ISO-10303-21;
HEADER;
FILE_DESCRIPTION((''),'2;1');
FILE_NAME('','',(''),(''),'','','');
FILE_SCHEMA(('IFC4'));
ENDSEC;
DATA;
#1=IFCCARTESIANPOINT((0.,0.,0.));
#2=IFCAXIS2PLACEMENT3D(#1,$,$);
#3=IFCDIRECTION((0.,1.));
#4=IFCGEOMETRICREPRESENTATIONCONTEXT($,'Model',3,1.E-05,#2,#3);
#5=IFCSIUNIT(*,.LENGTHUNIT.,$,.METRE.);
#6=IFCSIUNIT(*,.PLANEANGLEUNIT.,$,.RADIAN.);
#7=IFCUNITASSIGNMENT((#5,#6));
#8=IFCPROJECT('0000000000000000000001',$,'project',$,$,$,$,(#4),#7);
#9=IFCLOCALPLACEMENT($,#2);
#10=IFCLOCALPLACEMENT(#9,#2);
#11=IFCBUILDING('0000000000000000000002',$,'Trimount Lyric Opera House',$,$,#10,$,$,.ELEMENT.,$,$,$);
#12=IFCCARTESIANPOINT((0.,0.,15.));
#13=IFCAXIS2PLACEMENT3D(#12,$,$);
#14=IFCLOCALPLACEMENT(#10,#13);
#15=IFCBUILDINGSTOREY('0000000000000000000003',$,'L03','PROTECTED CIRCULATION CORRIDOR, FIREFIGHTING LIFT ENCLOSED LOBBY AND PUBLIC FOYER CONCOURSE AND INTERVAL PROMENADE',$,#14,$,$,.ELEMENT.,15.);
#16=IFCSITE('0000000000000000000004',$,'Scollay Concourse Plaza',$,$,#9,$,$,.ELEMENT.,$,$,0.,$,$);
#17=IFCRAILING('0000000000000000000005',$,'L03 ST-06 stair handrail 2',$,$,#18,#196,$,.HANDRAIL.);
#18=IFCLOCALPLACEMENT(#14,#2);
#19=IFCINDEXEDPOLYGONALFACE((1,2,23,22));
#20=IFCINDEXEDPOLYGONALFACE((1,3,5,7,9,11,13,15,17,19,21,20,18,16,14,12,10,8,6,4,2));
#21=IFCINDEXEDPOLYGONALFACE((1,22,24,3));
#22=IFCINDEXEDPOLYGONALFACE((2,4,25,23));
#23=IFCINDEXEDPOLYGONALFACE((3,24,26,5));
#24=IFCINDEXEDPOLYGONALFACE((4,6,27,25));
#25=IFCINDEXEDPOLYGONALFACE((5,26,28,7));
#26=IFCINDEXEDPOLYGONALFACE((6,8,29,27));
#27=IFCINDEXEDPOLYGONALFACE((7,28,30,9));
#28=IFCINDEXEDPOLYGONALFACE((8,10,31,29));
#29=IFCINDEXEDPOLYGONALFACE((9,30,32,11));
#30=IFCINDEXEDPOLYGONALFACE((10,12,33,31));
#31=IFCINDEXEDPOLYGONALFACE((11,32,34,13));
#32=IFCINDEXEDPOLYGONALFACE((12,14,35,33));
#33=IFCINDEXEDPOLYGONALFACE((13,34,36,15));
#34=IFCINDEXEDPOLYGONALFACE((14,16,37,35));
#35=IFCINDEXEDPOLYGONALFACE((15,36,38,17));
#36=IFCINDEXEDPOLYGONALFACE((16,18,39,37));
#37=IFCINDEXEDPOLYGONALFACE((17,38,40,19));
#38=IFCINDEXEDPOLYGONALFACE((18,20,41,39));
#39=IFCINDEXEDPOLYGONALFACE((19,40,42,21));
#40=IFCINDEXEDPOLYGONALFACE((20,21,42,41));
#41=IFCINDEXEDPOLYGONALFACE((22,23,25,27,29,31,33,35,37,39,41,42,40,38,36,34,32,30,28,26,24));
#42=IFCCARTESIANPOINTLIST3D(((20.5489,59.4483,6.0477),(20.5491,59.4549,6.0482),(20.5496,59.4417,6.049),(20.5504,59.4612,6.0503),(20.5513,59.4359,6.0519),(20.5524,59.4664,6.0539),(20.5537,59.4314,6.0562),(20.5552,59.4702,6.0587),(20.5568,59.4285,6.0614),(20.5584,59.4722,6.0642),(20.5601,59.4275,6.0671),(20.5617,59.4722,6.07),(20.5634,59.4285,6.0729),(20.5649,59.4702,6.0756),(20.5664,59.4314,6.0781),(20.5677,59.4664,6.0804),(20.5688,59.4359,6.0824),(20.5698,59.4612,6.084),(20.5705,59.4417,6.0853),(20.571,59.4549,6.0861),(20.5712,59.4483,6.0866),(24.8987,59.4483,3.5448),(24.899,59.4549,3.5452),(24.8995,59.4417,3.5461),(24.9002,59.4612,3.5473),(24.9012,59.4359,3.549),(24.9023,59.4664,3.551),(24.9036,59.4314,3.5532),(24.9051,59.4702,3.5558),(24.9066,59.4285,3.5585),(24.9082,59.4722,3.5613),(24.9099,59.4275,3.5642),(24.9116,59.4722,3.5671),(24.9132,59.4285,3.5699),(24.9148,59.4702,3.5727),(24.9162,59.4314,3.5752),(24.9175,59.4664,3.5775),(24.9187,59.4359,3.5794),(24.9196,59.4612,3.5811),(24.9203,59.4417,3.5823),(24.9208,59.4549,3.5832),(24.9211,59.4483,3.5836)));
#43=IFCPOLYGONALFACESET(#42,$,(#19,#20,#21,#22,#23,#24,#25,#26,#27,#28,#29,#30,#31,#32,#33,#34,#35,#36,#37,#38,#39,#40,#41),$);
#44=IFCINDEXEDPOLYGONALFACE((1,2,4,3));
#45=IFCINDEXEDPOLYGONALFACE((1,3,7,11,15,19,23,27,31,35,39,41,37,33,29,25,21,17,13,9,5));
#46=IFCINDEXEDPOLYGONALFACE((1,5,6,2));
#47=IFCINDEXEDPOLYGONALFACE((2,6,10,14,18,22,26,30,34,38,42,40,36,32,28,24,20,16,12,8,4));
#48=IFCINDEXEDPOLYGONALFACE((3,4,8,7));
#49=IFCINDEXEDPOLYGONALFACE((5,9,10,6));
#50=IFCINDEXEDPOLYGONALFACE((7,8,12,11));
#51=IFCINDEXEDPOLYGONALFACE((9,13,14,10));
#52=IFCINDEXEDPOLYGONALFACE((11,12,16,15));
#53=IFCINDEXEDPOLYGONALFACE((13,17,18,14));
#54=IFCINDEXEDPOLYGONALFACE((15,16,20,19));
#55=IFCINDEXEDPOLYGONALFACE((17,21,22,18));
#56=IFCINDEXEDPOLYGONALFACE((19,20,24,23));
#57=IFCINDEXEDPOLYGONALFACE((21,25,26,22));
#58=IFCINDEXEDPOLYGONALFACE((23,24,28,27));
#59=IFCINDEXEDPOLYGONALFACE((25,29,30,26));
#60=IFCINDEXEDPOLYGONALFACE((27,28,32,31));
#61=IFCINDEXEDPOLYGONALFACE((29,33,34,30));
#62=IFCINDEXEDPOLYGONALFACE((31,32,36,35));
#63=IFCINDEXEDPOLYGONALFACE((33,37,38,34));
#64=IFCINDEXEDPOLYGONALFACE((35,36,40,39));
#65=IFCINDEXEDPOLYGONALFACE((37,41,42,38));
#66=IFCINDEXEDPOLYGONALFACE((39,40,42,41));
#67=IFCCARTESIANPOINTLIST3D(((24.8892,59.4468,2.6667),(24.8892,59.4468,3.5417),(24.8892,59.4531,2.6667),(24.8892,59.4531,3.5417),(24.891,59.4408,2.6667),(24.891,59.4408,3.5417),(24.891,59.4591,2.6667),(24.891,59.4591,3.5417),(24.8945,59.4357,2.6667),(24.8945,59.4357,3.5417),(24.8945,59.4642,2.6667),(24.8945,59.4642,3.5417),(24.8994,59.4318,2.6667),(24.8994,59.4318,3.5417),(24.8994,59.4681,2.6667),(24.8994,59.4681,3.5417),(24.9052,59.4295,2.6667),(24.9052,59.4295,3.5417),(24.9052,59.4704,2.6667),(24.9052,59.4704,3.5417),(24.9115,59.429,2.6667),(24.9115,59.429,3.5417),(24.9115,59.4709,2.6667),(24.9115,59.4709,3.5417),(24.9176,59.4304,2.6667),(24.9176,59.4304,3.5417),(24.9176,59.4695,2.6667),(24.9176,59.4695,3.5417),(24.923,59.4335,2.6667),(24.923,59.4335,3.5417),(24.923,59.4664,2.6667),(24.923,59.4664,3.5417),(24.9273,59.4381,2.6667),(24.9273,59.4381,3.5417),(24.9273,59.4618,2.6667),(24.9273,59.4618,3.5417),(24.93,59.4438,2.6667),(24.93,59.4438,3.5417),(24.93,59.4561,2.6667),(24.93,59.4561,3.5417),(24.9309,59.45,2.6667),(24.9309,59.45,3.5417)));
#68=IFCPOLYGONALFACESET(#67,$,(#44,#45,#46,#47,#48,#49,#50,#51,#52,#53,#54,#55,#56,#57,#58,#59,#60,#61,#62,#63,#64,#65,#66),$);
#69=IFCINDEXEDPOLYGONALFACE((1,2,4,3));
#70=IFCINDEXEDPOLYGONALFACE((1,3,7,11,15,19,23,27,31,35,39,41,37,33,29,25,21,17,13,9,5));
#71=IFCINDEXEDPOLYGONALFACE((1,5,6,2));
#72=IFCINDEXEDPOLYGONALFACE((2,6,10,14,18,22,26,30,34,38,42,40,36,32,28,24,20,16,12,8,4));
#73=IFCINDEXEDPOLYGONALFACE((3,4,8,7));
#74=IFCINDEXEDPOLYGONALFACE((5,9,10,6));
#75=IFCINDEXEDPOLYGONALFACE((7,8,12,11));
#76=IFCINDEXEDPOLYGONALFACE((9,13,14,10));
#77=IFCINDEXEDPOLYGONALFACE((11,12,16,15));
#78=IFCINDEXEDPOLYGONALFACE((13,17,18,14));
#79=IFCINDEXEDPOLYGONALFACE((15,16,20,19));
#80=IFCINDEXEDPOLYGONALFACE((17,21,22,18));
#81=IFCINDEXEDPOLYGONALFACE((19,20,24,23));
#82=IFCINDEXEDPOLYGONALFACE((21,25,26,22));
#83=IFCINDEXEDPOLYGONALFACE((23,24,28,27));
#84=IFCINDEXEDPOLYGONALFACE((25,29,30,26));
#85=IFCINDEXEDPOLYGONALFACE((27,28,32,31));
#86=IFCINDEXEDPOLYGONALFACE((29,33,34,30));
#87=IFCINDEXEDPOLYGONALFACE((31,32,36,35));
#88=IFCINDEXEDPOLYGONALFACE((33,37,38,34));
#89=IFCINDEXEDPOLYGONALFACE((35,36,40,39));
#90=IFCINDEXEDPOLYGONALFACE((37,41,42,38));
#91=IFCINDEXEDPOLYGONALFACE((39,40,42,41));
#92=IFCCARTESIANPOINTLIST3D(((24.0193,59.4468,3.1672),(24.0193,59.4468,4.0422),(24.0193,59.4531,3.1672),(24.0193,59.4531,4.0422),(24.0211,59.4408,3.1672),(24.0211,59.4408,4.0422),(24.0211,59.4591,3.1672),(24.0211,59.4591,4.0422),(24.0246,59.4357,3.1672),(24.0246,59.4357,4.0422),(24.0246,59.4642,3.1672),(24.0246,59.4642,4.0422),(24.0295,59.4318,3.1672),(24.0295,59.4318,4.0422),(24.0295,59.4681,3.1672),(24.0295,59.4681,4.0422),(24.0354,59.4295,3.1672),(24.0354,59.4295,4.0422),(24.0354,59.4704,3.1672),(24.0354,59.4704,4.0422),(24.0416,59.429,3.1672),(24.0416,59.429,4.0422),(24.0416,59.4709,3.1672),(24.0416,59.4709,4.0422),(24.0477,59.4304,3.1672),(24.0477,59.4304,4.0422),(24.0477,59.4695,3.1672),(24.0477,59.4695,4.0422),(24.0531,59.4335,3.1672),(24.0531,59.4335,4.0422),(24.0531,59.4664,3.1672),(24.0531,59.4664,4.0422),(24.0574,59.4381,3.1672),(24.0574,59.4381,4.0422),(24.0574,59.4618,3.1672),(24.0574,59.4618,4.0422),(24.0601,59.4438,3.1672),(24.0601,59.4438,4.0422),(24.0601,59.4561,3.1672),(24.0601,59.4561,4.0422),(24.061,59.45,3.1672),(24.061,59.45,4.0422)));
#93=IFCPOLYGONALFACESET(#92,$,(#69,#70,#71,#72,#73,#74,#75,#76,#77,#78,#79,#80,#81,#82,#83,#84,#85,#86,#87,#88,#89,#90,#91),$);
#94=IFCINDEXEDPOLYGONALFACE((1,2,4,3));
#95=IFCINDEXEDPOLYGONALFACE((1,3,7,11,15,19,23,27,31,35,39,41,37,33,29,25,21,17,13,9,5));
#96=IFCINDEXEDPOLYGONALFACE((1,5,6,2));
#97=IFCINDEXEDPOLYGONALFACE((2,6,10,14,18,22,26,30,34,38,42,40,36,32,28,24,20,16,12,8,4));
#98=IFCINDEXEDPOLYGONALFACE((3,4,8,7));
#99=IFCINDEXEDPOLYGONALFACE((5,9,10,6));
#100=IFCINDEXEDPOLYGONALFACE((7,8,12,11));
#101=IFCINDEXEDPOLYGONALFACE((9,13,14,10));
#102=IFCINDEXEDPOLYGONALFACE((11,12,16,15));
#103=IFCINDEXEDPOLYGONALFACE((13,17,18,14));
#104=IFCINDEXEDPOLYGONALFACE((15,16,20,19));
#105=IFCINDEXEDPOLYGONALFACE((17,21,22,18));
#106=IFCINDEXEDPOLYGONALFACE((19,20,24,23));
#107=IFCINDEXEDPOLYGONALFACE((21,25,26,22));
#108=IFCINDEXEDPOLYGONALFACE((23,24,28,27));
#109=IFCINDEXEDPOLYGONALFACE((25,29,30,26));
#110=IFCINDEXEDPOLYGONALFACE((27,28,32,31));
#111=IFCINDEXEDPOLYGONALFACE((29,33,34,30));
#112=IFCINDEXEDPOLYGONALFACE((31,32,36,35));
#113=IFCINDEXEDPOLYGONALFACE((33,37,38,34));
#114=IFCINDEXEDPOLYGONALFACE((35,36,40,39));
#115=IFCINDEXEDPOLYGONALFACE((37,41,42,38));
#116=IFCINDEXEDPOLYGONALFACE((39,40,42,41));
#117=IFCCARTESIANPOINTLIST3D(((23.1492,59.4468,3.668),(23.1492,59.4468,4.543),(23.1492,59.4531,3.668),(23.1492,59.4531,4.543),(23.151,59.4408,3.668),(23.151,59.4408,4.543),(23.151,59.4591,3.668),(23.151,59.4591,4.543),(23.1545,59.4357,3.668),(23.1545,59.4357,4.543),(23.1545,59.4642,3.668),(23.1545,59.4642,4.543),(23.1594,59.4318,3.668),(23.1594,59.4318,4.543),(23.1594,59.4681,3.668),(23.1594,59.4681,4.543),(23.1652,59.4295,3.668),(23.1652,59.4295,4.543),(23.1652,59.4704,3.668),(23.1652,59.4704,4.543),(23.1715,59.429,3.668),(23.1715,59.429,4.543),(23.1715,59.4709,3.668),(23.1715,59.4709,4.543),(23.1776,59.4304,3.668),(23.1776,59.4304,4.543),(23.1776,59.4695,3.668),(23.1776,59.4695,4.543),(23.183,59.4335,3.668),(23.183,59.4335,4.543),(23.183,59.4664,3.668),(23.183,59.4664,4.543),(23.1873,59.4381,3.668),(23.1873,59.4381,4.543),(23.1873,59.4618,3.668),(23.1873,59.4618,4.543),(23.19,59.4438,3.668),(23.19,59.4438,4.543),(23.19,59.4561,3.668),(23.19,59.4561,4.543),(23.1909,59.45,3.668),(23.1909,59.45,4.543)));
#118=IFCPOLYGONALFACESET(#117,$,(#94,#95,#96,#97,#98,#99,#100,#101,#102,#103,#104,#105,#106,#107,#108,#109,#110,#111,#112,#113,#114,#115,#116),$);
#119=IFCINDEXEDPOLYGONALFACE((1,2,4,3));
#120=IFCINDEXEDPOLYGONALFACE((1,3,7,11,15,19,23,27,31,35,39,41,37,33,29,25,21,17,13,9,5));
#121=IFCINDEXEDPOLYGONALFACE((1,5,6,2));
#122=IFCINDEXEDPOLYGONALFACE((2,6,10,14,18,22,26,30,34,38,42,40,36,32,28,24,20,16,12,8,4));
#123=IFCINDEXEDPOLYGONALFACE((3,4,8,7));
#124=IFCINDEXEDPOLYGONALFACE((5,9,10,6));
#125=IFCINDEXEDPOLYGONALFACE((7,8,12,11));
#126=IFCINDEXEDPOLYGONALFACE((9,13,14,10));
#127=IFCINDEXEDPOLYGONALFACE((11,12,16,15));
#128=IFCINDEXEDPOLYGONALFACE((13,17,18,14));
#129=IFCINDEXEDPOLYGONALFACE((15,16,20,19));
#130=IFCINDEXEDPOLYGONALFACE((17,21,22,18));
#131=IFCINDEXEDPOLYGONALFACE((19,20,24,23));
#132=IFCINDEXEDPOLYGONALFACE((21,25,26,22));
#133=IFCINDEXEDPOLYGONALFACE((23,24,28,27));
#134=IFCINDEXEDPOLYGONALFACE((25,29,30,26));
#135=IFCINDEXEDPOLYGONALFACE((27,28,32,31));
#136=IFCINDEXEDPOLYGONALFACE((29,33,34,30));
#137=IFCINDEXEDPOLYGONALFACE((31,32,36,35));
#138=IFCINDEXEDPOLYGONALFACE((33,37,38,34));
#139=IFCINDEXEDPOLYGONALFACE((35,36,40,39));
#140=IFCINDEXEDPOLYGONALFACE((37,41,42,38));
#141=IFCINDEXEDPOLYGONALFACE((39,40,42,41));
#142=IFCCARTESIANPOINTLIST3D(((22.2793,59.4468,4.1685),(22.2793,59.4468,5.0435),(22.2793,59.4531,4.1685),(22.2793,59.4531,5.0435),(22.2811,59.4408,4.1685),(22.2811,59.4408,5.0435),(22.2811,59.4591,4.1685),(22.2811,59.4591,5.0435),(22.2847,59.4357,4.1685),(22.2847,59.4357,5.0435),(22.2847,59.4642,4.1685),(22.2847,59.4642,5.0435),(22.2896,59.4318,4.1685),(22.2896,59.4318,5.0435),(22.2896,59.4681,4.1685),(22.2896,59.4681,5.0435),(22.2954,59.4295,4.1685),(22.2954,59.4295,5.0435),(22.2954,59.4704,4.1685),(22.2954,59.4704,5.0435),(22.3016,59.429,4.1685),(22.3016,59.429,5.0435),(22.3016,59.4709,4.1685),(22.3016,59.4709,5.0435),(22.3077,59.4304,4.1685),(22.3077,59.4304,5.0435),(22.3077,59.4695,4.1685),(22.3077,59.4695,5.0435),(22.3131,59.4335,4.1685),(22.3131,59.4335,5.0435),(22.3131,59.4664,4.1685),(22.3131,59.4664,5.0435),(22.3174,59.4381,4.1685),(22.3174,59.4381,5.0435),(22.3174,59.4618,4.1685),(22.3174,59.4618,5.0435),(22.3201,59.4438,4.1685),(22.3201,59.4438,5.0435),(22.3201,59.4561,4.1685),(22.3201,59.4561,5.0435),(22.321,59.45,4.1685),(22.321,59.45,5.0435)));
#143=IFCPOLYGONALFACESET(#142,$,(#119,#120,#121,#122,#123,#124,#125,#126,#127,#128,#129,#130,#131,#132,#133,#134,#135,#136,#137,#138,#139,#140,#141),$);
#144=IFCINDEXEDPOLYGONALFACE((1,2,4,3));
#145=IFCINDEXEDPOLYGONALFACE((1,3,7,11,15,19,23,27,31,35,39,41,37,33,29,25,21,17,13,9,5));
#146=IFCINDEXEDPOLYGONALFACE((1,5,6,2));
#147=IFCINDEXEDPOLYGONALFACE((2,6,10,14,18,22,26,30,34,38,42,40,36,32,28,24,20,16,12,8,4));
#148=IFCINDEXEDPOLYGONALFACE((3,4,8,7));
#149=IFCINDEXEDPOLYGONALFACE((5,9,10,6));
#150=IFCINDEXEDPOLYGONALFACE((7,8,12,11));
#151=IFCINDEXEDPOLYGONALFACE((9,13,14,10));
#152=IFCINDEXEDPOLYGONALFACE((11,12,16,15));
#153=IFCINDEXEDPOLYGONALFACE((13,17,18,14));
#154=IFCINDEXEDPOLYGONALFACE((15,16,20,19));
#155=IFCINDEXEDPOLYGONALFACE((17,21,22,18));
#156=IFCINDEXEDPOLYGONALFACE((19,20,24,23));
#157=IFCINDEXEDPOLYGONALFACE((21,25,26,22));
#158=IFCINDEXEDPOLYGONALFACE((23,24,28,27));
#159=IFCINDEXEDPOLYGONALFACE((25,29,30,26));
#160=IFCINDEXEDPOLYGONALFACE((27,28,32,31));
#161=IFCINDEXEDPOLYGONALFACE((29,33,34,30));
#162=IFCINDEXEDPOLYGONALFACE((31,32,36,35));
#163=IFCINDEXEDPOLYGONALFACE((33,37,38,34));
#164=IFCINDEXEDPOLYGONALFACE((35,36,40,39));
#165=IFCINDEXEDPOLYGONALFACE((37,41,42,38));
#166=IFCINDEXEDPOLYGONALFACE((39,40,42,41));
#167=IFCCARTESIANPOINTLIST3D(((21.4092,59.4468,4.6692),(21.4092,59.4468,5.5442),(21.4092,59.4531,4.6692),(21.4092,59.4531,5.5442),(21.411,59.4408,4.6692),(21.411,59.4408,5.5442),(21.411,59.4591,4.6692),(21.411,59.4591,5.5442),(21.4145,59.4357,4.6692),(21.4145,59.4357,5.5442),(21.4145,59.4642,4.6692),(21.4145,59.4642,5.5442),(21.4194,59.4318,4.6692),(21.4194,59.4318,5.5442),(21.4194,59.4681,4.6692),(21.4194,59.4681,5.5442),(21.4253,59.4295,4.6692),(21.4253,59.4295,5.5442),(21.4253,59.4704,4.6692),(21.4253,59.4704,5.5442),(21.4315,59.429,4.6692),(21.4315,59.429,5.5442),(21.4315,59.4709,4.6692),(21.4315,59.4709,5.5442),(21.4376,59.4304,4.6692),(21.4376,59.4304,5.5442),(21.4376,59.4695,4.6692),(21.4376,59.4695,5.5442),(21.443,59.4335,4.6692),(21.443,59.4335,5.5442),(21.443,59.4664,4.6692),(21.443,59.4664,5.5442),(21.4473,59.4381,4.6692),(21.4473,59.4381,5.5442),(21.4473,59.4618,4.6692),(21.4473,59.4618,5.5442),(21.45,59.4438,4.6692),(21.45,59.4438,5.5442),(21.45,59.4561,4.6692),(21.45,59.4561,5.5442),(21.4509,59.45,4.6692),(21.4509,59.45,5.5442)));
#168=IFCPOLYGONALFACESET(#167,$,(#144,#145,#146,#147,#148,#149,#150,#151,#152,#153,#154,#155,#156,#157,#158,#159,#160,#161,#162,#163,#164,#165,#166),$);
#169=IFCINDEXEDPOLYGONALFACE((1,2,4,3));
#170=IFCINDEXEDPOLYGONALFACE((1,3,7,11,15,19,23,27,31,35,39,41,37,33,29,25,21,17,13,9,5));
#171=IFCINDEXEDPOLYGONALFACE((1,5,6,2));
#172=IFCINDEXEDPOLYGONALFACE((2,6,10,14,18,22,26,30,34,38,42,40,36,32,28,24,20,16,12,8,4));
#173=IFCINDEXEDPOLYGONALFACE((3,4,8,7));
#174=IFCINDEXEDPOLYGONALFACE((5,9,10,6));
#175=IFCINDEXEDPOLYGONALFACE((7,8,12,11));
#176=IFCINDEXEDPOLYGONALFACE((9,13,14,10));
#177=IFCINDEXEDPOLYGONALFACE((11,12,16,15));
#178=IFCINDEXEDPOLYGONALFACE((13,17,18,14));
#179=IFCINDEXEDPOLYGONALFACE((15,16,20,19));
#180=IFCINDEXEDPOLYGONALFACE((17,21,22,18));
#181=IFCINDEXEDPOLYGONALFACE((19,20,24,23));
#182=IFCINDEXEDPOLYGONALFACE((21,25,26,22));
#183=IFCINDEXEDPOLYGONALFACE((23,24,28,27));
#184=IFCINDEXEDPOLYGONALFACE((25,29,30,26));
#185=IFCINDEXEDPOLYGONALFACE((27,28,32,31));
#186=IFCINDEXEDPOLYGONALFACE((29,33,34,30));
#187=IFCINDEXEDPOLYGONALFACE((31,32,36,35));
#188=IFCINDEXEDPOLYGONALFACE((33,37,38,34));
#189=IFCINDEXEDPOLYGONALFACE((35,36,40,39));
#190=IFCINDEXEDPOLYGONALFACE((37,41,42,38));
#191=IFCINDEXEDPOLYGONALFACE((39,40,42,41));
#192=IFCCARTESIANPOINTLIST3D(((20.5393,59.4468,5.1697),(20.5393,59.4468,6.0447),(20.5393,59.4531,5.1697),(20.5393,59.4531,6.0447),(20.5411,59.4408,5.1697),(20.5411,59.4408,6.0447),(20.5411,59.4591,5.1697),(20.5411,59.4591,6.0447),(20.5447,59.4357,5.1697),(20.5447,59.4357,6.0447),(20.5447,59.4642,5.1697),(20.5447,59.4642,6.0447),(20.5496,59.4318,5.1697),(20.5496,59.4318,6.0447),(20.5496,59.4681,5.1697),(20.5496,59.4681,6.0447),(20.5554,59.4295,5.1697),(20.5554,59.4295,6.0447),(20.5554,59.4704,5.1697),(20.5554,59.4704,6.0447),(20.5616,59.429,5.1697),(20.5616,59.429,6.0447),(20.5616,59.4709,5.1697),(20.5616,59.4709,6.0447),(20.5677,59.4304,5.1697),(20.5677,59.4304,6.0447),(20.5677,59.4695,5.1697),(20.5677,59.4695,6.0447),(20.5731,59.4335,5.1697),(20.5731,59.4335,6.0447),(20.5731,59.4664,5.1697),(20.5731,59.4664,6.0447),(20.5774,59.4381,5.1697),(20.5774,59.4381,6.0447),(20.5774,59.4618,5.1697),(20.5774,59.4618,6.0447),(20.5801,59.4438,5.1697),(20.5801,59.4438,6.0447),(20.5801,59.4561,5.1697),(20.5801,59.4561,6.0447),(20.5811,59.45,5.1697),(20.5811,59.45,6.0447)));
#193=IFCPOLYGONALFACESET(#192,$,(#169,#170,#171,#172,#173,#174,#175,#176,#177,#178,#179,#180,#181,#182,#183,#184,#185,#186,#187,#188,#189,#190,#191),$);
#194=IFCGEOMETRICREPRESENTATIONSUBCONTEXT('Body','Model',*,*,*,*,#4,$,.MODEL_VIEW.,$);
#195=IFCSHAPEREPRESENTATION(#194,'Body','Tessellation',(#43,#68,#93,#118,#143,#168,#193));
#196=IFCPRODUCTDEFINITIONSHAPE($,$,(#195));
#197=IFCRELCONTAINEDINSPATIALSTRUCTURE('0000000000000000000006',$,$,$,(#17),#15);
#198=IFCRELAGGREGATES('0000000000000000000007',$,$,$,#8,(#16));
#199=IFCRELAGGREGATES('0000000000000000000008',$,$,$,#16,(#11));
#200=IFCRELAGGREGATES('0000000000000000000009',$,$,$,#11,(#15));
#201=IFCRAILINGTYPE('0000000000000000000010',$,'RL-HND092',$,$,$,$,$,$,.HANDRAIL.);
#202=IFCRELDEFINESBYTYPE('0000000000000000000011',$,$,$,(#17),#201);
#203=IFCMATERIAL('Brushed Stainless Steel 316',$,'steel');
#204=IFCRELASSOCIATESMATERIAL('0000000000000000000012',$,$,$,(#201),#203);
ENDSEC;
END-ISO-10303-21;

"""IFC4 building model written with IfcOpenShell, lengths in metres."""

from ifc_helpers import new_model, si_unit, direction, frame, origin, origin_2d, place, context, subcontext, project, spatial, circle, extrude, material, type_object, element, save


model = new_model("IFC4")

# Units and contexts
model_context = context("Model", 3, precision=1e-05, world=origin(), true_north=direction((0.0, 1.0)))
body_context = subcontext(model_context, "Body", "Model", "MODEL_VIEW")
ifc_project = project(units=[si_unit("LENGTHUNIT", "METRE"), si_unit("PLANEANGLEUNIT", "RADIAN")], contexts=[model_context])

# Site, building, storey
site_placement = place(None, origin())
site = spatial("IfcSite", under=ifc_project, at=site_placement, Name="Scollay Concourse Plaza", CompositionType="ELEMENT", RefElevation=0.0)
building_placement = place(site_placement, origin())
building = spatial("IfcBuilding", under=site, at=building_placement, Name="Trimount Lyric Opera House", CompositionType="ELEMENT")
storey_placement = place(building_placement, frame((0.0, 0.0, 15.0)))
storey = spatial("IfcBuildingStorey", under=building, at=storey_placement, Name="L03", Description="PROTECTED CIRCULATION CORRIDOR, FIREFIGHTING LIFT ENCLOSED LOBBY AND PUBLIC FOYER CONCOURSE AND INTERVAL PROMENADE", CompositionType="ELEMENT", Elevation=15.0)

# Railing
ifc_material_1 = material(Name="Brushed Stainless Steel 316", Category="steel")
railing_type_1 = type_object("IfcRailingType", Name="RL-HND092", PredefinedType="HANDRAIL", material=ifc_material_1)
railing_1_placement = place(storey_placement, frame((24.9099, 59.45, 2.6667)))
element("IfcRailing", 1, at=railing_1_placement, inside=storey, type_object=railing_type_1, Name="L03 ST-06 stair handrail 2", PredefinedType="HANDRAIL", context=body_context, shape_type="SweptSolid", body=[
    extrude(circle(Radius=0.0225, at=origin_2d()), frame((0.0, 0.0, 0.8975), z_axis=(-0.866754, 0.0, 0.498735), x_axis=(0.0, -1.0, 0.0)), (0.0, 0.0, 1.0), 5.0186),
    extrude(circle(Radius=0.021, at=origin_2d()), origin(), (0.0, 0.0, 1.0), 0.875),
    extrude(circle(Radius=0.021, at=origin_2d()), frame((-0.8699, 0.0, 0.5005)), (0.0, 0.0, 1.0), 0.875),
    extrude(circle(Radius=0.021, at=origin_2d()), frame((-1.74, 0.0, 1.0012)), (0.0, 0.0, 1.0), 0.875),
    extrude(circle(Radius=0.021, at=origin_2d()), frame((-2.6099, 0.0, 1.5017)), (0.0, 0.0, 1.0), 0.875),
    extrude(circle(Radius=0.021, at=origin_2d()), frame((-3.48, 0.0, 2.0024)), (0.0, 0.0, 1.0), 0.875),
    extrude(circle(Radius=0.021, at=origin_2d()), frame((-4.3499, 0.0, 2.5029)), (0.0, 0.0, 1.0), 0.875),
])

save(model, "model.ifc")
